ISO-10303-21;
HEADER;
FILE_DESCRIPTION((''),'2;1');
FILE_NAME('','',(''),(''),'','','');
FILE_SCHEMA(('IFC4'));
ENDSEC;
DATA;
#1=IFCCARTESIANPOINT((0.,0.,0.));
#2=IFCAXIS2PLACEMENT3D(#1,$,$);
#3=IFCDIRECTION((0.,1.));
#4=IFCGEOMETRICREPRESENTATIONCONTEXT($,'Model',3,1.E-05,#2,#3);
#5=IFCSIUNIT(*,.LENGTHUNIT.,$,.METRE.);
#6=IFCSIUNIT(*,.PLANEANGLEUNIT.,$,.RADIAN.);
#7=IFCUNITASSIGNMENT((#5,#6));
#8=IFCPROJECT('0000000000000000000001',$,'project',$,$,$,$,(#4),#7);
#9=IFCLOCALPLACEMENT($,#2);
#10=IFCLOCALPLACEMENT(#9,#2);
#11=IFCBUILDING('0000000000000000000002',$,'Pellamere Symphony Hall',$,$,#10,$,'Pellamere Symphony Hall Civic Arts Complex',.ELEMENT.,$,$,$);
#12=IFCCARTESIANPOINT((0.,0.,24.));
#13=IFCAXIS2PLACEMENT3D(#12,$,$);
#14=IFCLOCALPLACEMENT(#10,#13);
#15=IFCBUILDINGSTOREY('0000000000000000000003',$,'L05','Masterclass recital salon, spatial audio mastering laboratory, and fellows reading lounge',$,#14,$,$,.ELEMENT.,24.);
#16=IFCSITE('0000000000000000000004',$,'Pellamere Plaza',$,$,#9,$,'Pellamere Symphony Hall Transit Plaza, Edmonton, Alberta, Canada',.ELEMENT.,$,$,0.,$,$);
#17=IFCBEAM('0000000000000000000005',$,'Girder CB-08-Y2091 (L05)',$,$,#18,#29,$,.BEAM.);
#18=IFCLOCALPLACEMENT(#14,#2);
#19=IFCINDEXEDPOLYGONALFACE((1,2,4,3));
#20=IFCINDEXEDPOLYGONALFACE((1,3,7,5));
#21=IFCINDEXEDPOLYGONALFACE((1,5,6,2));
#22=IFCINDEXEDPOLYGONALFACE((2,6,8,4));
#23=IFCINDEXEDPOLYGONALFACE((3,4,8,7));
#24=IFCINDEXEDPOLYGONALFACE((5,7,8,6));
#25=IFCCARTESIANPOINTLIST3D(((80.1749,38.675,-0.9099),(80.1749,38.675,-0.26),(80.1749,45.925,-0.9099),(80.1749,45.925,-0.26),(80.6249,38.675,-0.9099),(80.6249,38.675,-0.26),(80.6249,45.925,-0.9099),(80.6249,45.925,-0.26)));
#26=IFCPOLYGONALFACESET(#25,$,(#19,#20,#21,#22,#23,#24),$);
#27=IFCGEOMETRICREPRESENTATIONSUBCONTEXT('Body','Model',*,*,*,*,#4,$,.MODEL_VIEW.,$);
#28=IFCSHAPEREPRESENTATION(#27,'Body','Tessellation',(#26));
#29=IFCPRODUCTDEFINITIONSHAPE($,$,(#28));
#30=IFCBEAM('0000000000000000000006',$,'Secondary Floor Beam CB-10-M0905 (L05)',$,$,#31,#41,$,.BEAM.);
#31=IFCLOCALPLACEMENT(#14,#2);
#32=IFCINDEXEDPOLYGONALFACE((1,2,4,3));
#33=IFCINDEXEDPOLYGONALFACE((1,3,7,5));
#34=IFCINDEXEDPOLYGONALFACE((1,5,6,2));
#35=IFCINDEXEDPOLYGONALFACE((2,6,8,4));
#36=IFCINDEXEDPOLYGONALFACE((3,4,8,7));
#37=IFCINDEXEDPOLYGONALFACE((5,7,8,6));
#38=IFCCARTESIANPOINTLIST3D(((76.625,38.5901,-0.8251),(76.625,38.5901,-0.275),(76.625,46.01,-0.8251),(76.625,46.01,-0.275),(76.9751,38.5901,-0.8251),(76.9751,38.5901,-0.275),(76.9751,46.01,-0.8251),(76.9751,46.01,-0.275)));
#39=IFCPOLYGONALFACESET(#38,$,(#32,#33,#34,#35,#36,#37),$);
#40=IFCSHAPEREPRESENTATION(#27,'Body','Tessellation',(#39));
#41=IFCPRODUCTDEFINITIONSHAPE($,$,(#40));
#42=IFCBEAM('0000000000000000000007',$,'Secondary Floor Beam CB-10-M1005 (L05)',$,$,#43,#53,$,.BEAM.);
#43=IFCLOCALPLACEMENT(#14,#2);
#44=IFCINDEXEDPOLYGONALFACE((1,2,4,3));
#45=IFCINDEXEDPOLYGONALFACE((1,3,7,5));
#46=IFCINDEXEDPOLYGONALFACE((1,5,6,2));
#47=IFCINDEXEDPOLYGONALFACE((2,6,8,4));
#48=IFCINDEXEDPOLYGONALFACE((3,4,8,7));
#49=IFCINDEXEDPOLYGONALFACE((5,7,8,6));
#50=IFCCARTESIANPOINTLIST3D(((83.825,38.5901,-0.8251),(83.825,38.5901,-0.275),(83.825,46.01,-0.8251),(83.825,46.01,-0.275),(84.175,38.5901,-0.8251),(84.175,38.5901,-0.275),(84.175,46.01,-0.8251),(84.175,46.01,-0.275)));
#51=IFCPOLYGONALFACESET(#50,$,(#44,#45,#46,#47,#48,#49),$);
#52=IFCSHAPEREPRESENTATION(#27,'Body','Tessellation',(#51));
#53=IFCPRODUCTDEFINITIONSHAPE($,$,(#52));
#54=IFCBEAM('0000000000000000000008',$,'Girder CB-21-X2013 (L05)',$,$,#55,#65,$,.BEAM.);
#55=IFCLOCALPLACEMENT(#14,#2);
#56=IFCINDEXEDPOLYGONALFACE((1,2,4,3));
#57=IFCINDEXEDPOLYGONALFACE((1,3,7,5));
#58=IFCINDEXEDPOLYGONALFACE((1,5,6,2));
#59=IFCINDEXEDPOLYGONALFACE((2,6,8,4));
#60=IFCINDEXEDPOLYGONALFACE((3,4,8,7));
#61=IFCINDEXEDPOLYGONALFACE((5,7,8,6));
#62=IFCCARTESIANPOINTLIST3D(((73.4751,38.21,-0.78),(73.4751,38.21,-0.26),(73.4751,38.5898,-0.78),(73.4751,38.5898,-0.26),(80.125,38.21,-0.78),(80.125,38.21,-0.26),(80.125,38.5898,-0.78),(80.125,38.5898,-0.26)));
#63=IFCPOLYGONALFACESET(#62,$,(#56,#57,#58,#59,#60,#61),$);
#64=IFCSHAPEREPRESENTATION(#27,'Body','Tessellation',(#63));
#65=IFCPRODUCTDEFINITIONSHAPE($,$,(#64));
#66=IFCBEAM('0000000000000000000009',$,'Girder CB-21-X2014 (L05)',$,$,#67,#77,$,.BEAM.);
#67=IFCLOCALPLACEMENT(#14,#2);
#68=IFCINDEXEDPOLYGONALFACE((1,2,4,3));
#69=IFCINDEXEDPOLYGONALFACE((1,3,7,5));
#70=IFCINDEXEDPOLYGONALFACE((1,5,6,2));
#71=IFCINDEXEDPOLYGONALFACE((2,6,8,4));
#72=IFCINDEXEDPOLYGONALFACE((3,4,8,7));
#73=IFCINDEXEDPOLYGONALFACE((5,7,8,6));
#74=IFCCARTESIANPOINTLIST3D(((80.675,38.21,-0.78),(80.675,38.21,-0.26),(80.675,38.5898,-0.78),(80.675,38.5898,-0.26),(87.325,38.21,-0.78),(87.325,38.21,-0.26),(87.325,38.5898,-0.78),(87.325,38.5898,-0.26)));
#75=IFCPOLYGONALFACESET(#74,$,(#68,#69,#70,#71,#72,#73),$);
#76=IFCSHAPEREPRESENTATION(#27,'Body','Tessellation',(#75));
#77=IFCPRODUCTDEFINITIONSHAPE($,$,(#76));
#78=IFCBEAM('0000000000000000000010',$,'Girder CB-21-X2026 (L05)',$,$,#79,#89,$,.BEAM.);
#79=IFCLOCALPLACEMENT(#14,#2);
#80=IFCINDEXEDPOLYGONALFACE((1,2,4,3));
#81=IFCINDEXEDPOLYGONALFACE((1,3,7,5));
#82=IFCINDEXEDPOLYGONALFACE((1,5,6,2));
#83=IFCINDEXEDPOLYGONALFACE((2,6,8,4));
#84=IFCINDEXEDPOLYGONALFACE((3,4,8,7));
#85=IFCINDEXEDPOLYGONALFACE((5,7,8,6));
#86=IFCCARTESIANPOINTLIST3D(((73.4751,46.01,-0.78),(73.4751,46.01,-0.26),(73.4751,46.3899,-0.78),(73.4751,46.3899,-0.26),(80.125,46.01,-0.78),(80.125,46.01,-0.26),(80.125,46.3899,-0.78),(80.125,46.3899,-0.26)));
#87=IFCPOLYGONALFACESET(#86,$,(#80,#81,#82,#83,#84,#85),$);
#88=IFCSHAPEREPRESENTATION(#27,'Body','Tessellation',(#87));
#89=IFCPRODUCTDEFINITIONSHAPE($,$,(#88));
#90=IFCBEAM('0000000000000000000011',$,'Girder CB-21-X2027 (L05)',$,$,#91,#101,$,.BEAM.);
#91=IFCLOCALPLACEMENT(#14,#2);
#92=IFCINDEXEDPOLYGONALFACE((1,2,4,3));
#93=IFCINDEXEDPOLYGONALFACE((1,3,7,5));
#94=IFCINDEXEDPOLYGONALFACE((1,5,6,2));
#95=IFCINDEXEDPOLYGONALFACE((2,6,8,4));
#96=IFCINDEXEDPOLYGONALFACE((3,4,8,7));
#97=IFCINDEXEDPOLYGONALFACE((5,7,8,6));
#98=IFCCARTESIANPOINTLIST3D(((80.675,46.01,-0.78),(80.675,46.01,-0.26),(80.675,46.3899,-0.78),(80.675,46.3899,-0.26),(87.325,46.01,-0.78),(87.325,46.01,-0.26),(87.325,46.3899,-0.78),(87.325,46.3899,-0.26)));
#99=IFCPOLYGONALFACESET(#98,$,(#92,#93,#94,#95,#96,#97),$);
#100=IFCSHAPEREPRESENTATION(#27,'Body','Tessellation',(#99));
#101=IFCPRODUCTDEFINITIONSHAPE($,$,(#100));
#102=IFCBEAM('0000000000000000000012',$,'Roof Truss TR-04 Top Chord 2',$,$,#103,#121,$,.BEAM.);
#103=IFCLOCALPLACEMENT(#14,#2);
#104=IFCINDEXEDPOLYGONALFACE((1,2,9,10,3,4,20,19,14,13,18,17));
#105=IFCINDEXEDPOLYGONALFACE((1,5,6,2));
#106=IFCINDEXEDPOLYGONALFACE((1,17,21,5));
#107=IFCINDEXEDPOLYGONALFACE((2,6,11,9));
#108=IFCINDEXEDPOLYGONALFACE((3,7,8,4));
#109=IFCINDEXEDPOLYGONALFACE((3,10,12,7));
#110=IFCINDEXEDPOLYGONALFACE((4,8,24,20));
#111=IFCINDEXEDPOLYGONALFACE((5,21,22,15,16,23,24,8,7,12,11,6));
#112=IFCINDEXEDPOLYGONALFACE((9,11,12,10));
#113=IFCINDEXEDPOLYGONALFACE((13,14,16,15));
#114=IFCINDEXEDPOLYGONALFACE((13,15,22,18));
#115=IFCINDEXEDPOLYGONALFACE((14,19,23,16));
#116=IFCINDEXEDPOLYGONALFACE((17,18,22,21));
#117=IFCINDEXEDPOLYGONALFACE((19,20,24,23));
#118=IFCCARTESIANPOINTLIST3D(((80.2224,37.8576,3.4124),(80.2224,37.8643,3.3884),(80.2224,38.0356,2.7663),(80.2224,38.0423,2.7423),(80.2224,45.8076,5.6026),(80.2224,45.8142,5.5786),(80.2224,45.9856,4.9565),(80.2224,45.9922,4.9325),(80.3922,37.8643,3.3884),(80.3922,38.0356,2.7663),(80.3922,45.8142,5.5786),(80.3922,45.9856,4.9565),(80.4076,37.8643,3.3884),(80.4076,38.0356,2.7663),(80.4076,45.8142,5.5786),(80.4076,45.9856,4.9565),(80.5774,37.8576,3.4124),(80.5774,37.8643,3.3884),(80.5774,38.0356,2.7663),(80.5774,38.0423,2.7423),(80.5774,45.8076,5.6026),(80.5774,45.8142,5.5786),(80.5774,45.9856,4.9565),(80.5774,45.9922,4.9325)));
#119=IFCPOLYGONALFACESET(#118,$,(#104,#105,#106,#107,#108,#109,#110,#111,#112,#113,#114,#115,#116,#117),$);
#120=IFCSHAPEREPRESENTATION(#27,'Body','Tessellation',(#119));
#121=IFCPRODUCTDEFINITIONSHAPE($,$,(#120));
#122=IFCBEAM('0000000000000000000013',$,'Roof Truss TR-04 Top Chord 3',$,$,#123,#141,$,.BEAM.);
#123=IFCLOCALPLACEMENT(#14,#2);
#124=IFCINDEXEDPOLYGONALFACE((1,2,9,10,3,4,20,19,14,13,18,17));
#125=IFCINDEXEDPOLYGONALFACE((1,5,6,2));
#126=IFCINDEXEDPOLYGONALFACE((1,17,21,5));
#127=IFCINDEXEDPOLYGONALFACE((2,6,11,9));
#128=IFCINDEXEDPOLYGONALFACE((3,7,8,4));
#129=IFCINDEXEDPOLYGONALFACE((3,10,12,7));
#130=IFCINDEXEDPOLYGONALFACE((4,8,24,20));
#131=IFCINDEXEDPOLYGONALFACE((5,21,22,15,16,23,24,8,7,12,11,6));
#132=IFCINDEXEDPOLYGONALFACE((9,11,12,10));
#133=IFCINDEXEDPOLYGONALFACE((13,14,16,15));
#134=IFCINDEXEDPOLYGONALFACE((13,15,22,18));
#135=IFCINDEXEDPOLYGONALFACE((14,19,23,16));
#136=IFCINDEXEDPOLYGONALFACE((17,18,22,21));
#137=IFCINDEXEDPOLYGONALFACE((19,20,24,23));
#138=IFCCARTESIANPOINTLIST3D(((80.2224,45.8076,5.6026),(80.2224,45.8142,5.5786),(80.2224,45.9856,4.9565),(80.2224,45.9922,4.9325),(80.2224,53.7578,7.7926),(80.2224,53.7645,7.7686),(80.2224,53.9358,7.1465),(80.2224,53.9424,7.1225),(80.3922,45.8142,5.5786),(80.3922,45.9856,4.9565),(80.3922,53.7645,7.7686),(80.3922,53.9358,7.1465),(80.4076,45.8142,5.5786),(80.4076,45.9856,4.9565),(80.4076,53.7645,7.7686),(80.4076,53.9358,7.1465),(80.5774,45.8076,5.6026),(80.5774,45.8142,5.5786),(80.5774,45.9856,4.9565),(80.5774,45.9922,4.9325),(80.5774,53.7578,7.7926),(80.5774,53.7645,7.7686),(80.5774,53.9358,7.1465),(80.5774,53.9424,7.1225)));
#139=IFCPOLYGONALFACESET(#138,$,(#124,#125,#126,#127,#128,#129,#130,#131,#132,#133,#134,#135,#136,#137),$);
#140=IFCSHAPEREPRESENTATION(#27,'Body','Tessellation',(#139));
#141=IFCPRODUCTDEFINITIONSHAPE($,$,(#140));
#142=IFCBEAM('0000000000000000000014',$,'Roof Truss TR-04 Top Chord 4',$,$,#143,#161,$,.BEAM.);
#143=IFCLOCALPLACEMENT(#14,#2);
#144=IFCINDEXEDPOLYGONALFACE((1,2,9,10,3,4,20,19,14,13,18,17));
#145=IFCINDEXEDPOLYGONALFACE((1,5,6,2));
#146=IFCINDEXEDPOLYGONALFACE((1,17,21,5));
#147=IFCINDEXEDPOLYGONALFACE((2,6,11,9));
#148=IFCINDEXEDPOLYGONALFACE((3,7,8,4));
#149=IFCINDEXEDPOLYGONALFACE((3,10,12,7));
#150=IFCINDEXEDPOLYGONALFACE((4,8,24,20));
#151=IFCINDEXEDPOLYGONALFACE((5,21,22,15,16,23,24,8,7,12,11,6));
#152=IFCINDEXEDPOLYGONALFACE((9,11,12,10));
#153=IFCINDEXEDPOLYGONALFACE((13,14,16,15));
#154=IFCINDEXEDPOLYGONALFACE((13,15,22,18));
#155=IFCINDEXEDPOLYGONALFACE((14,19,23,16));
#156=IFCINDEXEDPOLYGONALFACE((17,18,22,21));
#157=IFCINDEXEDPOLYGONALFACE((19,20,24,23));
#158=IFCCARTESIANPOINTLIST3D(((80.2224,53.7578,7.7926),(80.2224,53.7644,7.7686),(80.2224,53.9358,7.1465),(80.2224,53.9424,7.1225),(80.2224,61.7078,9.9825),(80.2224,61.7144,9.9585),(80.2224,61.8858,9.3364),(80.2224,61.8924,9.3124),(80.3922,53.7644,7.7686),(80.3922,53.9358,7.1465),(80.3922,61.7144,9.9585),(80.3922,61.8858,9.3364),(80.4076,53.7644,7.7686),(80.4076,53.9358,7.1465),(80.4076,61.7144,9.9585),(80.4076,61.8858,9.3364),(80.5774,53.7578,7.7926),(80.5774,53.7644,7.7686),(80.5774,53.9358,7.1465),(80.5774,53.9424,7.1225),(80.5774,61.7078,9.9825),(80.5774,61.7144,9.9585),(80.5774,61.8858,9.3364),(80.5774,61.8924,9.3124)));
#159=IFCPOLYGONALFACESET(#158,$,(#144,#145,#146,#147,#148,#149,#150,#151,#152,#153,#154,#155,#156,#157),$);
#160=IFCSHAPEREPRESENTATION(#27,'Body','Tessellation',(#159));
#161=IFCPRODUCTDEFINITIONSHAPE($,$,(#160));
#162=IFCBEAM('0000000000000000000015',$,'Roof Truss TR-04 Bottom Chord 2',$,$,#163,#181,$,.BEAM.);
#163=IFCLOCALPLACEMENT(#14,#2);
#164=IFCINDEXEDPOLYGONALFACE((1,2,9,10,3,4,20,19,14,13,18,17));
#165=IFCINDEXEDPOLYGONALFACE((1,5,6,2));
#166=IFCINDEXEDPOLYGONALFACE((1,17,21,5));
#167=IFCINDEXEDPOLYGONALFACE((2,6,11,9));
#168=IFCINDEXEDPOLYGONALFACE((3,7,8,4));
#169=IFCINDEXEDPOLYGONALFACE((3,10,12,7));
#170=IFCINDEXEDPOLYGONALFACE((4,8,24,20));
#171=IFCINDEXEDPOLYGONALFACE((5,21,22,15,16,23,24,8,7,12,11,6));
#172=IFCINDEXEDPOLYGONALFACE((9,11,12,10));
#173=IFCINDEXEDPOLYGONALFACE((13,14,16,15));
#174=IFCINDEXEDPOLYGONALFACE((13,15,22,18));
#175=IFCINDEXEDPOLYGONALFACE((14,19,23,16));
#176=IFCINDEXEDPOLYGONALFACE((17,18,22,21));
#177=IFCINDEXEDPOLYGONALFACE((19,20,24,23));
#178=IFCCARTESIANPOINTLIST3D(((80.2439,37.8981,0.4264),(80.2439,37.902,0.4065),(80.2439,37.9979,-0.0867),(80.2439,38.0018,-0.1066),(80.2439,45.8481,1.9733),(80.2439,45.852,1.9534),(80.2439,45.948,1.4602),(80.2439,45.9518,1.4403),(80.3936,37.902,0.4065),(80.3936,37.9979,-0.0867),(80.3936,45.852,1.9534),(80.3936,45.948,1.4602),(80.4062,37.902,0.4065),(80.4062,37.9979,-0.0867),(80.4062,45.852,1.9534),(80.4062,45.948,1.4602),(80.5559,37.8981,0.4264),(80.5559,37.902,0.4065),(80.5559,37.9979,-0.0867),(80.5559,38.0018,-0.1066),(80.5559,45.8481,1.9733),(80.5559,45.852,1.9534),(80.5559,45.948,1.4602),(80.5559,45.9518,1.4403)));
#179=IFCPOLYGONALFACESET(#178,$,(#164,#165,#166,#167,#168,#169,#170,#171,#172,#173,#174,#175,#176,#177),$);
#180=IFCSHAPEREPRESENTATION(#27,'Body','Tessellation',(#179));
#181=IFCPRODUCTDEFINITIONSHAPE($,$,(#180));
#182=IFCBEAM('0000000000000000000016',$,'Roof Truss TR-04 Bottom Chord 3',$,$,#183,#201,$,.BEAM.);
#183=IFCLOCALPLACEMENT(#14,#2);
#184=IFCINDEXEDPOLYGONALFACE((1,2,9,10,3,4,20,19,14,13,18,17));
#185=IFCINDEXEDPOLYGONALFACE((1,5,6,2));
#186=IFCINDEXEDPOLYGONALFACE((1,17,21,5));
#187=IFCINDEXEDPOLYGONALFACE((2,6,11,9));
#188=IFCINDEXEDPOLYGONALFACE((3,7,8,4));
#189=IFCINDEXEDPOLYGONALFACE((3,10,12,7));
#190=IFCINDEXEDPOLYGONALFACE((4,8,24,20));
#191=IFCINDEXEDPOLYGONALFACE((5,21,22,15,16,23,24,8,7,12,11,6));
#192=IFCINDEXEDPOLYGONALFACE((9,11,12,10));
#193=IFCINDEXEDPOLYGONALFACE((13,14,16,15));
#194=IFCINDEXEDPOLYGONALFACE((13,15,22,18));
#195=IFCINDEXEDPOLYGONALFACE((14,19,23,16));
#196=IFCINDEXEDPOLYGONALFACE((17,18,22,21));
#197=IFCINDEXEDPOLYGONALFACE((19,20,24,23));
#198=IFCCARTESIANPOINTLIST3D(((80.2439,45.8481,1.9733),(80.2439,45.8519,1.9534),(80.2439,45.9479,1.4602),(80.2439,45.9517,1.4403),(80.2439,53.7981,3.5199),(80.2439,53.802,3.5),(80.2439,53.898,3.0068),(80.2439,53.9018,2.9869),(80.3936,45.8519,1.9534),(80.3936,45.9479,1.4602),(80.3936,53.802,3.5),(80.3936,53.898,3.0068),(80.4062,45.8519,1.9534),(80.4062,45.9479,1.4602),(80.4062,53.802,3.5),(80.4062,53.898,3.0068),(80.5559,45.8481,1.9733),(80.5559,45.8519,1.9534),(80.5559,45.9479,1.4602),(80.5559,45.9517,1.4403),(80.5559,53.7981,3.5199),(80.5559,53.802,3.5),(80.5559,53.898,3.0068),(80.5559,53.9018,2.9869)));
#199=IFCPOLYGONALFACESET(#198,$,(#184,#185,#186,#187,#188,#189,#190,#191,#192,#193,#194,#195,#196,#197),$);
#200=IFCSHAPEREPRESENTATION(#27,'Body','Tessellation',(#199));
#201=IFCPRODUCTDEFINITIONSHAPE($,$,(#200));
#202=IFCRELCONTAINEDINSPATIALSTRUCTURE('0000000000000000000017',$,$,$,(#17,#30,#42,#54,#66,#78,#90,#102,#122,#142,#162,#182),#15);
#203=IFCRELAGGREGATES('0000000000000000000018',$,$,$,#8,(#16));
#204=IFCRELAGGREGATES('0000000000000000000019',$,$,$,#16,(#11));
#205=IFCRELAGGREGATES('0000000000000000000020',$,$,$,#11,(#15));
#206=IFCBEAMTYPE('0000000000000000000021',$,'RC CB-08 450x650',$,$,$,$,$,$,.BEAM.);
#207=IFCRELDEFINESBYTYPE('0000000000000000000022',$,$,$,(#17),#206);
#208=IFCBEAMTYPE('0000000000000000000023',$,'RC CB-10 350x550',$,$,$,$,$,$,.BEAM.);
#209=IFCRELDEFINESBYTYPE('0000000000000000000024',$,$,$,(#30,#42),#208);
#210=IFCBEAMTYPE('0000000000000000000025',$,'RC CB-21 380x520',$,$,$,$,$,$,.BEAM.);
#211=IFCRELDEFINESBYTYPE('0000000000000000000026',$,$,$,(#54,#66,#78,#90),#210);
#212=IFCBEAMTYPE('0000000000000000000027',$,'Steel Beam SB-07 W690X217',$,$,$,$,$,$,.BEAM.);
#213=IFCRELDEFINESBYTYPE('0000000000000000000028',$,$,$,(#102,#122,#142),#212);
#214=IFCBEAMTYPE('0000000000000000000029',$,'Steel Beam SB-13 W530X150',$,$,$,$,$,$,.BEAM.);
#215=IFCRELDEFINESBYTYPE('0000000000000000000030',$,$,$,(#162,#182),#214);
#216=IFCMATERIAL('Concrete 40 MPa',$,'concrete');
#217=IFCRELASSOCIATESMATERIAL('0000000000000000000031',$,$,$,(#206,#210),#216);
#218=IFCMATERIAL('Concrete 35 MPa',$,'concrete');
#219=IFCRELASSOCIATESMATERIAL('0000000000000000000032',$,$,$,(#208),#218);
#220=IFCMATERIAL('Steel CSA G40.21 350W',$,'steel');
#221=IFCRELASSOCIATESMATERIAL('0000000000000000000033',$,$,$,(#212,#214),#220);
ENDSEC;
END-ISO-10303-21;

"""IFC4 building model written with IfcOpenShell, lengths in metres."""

from ifc_helpers import new_model, si_unit, direction, frame, origin, origin_2d, place, context, subcontext, project, spatial, rectangle, i_section, extrude, material, material_profile, profile_set, type_object, element, save


model = new_model("IFC4")

# Units and contexts
model_context = context("Model", 3, precision=1e-05, world=origin(), true_north=direction((0.0, 1.0)))
body_context = subcontext(model_context, "Body", "Model", "MODEL_VIEW")
ifc_project = project(units=[si_unit("LENGTHUNIT", "METRE"), si_unit("PLANEANGLEUNIT", "RADIAN")], contexts=[model_context])

# Site, building, storey
site_placement = place(None, origin())
site = spatial("IfcSite", under=ifc_project, at=site_placement, Name="Pellamere Plaza", LongName="Pellamere Symphony Hall Transit Plaza, Edmonton, Alberta, Canada", CompositionType="ELEMENT", RefElevation=0.0)
building_placement = place(site_placement, origin())
building = spatial("IfcBuilding", under=site, at=building_placement, Name="Pellamere Symphony Hall", LongName="Pellamere Symphony Hall Civic Arts Complex", CompositionType="ELEMENT")
storey_placement = place(building_placement, frame((0.0, 0.0, 24.0)))
storey = spatial("IfcBuildingStorey", under=building, at=storey_placement, Name="L05", Description="Masterclass recital salon, spatial audio mastering laboratory, and fellows reading lounge", CompositionType="ELEMENT", Elevation=24.0)

# Beams
ifc_material_1 = material(Name="Concrete 40 MPa", Category="concrete")
ifc_material_profile_1 = material_profile(ifc_material_1, rectangle(XDim=0.45, YDim=0.6499, at=origin_2d()), Name="RC 450x650")
ifc_profile_set_1 = profile_set([ifc_material_profile_1], Name="Concrete 40 MPa")
beam_type_1 = type_object("IfcBeamType", Name="RC CB-08 450x650", PredefinedType="BEAM", material=ifc_profile_set_1)
beam_1_placement = place(storey_placement, frame((80.3999, 38.675, -0.585), z_axis=(0.0, 1.0, 0.0), x_axis=(-1.0, 0.0, 0.0)))
element("IfcBeam", 1, at=beam_1_placement, inside=storey, type_object=beam_type_1, Name="Girder CB-08-Y2091 (L05)", PredefinedType="BEAM", context=body_context, shape_type="SweptSolid", body=[
    extrude(rectangle(XDim=0.45, YDim=0.6499, at=origin_2d()), origin(), (0.0, 0.0, 1.0), 7.25),
])
ifc_material_2 = material(Name="Concrete 35 MPa", Category="concrete")
ifc_material_profile_2 = material_profile(ifc_material_2, rectangle(XDim=0.3501, YDim=0.55, at=origin_2d()), Name="RC 350x550")
ifc_profile_set_2 = profile_set([ifc_material_profile_2], Name="Concrete 35 MPa")
beam_type_2 = type_object("IfcBeamType", Name="RC CB-10 350x550", PredefinedType="BEAM", material=ifc_profile_set_2)
for number, where, z_axis, x_axis, name in (
    (2, (76.8, 38.5901, -0.55), (0.0, 1.0, 0.0), (-1.0, 0.0, 0.0), "Secondary Floor Beam CB-10-M0905 (L05)"),
    (3, (84.0, 38.5901, -0.55), (0.0, 1.0, 0.0), (-1.0, 0.0, 0.0), "Secondary Floor Beam CB-10-M1005 (L05)"),
):
    element("IfcBeam", number, at=place(storey_placement, frame(where, z_axis=z_axis, x_axis=x_axis)), inside=storey, type_object=beam_type_2, Name=name, PredefinedType="BEAM", context=body_context, shape_type="SweptSolid", body=[
        extrude(rectangle(XDim=0.3501, YDim=0.55, at=origin_2d()), origin(), (0.0, 0.0, 1.0), 7.4199),
    ])
ifc_material_profile_3 = material_profile(ifc_material_1, rectangle(XDim=0.3799, YDim=0.52, at=origin_2d()), Name="RC 380x520")
ifc_profile_set_3 = profile_set([ifc_material_profile_3], Name="Concrete 40 MPa")
beam_type_3 = type_object("IfcBeamType", Name="RC CB-21 380x520", PredefinedType="BEAM", material=ifc_profile_set_3)
for number, where, z_axis, x_axis, name in (
    (4, (73.4751, 38.3999, -0.52), (1.0, 0.0, 0.0), (0.0, 1.0, 0.0), "Girder CB-21-X2013 (L05)"),
    (5, (80.675, 38.3999, -0.52), (1.0, 0.0, 0.0), (0.0, 1.0, 0.0), "Girder CB-21-X2014 (L05)"),
    (6, (73.4751, 46.2, -0.52), (1.0, 0.0, 0.0), (0.0, 1.0, 0.0), "Girder CB-21-X2026 (L05)"),
    (7, (80.675, 46.2, -0.52), (1.0, 0.0, 0.0), (0.0, 1.0, 0.0), "Girder CB-21-X2027 (L05)"),
):
    element("IfcBeam", number, at=place(storey_placement, frame(where, z_axis=z_axis, x_axis=x_axis)), inside=storey, type_object=beam_type_3, Name=name, PredefinedType="BEAM", context=body_context, shape_type="SweptSolid", body=[
        extrude(rectangle(XDim=0.3799, YDim=0.52, at=origin_2d()), origin(), (0.0, 0.0, 1.0), 6.6499),
    ])
ifc_material_3 = material(Name="Steel CSA G40.21 350W", Category="steel")
ifc_material_profile_4 = material_profile(ifc_material_3, i_section(OverallWidth=0.355, OverallDepth=0.6951, WebThickness=0.0154, FlangeThickness=0.0249, at=origin_2d()), Name="W690X217")
ifc_profile_set_4 = profile_set([ifc_material_profile_4], Name="Steel CSA G40.21 350W")
beam_type_4 = type_object("IfcBeamType", Name="Steel Beam SB-07 W690X217", PredefinedType="BEAM", material=ifc_profile_set_4)
beam_2_placement = place(storey_placement, frame((80.3999, 37.95, 3.0774), z_axis=(0.0, 0.964083, 0.265602), x_axis=(-1.0, 0.0, 0.0)))
element("IfcBeam", 8, at=beam_2_placement, inside=storey, type_object=beam_type_4, Name="Roof Truss TR-04 Top Chord 2", PredefinedType="BEAM", context=body_context, shape_type="SweptSolid", body=[
    extrude(i_section(OverallWidth=0.355, OverallDepth=0.6951, WebThickness=0.0154, FlangeThickness=0.0249, at=origin_2d()), origin(), (0.0, 0.0, 1.0), 8.2461),
])
beam_3_placement = place(storey_placement, frame((80.3999, 45.8999, 5.2676), z_axis=(0.0, 0.964093, 0.265567), x_axis=(-1.0, 0.0, 0.0)))
element("IfcBeam", 9, at=beam_3_placement, inside=storey, type_object=beam_type_4, Name="Roof Truss TR-04 Top Chord 3", PredefinedType="BEAM", context=body_context, shape_type="SweptSolid", body=[
    extrude(i_section(OverallWidth=0.355, OverallDepth=0.6951, WebThickness=0.0154, FlangeThickness=0.0249, at=origin_2d()), origin(), (0.0, 0.0, 1.0), 8.2463),
])
beam_4_placement = place(storey_placement, frame((80.3999, 53.8501, 7.4575), z_axis=(0.0, 0.96409, 0.265574), x_axis=(-1.0, 0.0, 0.0)))
element("IfcBeam", 10, at=beam_4_placement, inside=storey, type_object=beam_type_4, Name="Roof Truss TR-04 Top Chord 4", PredefinedType="BEAM", context=body_context, shape_type="SweptSolid", body=[
    extrude(i_section(OverallWidth=0.355, OverallDepth=0.6951, WebThickness=0.0154, FlangeThickness=0.0249, at=origin_2d()), origin(), (0.0, 0.0, 1.0), 8.2461),
])
ifc_material_profile_5 = material_profile(ifc_material_3, i_section(OverallWidth=0.312, OverallDepth=0.543, WebThickness=0.0127, FlangeThickness=0.0203, at=origin_2d()), Name="W530X150")
ifc_profile_set_5 = profile_set([ifc_material_profile_5], Name="Steel CSA G40.21 350W")
beam_type_5 = type_object("IfcBeamType", Name="Steel Beam SB-13 W530X150", PredefinedType="BEAM", material=ifc_profile_set_5)
for number, where, z_axis, x_axis, name in (
    (11, (80.3999, 37.95, 0.1599), (0.0, 0.981591, 0.190995), (-1.0, 0.0, 0.0), "Roof Truss TR-04 Bottom Chord 2"),
    (12, (80.3999, 45.8999, 1.7068), (0.0, 0.981598, 0.19096), (-1.0, 0.0, 0.0), "Roof Truss TR-04 Bottom Chord 3"),
):
    element("IfcBeam", number, at=place(storey_placement, frame(where, z_axis=z_axis, x_axis=x_axis)), inside=storey, type_object=beam_type_5, Name=name, PredefinedType="BEAM", context=body_context, shape_type="SweptSolid", body=[
        extrude(i_section(OverallWidth=0.312, OverallDepth=0.543, WebThickness=0.0127, FlangeThickness=0.0203, at=origin_2d()), origin(), (0.0, 0.0, 1.0), 8.0991),
    ])

save(model, "model.ifc")
